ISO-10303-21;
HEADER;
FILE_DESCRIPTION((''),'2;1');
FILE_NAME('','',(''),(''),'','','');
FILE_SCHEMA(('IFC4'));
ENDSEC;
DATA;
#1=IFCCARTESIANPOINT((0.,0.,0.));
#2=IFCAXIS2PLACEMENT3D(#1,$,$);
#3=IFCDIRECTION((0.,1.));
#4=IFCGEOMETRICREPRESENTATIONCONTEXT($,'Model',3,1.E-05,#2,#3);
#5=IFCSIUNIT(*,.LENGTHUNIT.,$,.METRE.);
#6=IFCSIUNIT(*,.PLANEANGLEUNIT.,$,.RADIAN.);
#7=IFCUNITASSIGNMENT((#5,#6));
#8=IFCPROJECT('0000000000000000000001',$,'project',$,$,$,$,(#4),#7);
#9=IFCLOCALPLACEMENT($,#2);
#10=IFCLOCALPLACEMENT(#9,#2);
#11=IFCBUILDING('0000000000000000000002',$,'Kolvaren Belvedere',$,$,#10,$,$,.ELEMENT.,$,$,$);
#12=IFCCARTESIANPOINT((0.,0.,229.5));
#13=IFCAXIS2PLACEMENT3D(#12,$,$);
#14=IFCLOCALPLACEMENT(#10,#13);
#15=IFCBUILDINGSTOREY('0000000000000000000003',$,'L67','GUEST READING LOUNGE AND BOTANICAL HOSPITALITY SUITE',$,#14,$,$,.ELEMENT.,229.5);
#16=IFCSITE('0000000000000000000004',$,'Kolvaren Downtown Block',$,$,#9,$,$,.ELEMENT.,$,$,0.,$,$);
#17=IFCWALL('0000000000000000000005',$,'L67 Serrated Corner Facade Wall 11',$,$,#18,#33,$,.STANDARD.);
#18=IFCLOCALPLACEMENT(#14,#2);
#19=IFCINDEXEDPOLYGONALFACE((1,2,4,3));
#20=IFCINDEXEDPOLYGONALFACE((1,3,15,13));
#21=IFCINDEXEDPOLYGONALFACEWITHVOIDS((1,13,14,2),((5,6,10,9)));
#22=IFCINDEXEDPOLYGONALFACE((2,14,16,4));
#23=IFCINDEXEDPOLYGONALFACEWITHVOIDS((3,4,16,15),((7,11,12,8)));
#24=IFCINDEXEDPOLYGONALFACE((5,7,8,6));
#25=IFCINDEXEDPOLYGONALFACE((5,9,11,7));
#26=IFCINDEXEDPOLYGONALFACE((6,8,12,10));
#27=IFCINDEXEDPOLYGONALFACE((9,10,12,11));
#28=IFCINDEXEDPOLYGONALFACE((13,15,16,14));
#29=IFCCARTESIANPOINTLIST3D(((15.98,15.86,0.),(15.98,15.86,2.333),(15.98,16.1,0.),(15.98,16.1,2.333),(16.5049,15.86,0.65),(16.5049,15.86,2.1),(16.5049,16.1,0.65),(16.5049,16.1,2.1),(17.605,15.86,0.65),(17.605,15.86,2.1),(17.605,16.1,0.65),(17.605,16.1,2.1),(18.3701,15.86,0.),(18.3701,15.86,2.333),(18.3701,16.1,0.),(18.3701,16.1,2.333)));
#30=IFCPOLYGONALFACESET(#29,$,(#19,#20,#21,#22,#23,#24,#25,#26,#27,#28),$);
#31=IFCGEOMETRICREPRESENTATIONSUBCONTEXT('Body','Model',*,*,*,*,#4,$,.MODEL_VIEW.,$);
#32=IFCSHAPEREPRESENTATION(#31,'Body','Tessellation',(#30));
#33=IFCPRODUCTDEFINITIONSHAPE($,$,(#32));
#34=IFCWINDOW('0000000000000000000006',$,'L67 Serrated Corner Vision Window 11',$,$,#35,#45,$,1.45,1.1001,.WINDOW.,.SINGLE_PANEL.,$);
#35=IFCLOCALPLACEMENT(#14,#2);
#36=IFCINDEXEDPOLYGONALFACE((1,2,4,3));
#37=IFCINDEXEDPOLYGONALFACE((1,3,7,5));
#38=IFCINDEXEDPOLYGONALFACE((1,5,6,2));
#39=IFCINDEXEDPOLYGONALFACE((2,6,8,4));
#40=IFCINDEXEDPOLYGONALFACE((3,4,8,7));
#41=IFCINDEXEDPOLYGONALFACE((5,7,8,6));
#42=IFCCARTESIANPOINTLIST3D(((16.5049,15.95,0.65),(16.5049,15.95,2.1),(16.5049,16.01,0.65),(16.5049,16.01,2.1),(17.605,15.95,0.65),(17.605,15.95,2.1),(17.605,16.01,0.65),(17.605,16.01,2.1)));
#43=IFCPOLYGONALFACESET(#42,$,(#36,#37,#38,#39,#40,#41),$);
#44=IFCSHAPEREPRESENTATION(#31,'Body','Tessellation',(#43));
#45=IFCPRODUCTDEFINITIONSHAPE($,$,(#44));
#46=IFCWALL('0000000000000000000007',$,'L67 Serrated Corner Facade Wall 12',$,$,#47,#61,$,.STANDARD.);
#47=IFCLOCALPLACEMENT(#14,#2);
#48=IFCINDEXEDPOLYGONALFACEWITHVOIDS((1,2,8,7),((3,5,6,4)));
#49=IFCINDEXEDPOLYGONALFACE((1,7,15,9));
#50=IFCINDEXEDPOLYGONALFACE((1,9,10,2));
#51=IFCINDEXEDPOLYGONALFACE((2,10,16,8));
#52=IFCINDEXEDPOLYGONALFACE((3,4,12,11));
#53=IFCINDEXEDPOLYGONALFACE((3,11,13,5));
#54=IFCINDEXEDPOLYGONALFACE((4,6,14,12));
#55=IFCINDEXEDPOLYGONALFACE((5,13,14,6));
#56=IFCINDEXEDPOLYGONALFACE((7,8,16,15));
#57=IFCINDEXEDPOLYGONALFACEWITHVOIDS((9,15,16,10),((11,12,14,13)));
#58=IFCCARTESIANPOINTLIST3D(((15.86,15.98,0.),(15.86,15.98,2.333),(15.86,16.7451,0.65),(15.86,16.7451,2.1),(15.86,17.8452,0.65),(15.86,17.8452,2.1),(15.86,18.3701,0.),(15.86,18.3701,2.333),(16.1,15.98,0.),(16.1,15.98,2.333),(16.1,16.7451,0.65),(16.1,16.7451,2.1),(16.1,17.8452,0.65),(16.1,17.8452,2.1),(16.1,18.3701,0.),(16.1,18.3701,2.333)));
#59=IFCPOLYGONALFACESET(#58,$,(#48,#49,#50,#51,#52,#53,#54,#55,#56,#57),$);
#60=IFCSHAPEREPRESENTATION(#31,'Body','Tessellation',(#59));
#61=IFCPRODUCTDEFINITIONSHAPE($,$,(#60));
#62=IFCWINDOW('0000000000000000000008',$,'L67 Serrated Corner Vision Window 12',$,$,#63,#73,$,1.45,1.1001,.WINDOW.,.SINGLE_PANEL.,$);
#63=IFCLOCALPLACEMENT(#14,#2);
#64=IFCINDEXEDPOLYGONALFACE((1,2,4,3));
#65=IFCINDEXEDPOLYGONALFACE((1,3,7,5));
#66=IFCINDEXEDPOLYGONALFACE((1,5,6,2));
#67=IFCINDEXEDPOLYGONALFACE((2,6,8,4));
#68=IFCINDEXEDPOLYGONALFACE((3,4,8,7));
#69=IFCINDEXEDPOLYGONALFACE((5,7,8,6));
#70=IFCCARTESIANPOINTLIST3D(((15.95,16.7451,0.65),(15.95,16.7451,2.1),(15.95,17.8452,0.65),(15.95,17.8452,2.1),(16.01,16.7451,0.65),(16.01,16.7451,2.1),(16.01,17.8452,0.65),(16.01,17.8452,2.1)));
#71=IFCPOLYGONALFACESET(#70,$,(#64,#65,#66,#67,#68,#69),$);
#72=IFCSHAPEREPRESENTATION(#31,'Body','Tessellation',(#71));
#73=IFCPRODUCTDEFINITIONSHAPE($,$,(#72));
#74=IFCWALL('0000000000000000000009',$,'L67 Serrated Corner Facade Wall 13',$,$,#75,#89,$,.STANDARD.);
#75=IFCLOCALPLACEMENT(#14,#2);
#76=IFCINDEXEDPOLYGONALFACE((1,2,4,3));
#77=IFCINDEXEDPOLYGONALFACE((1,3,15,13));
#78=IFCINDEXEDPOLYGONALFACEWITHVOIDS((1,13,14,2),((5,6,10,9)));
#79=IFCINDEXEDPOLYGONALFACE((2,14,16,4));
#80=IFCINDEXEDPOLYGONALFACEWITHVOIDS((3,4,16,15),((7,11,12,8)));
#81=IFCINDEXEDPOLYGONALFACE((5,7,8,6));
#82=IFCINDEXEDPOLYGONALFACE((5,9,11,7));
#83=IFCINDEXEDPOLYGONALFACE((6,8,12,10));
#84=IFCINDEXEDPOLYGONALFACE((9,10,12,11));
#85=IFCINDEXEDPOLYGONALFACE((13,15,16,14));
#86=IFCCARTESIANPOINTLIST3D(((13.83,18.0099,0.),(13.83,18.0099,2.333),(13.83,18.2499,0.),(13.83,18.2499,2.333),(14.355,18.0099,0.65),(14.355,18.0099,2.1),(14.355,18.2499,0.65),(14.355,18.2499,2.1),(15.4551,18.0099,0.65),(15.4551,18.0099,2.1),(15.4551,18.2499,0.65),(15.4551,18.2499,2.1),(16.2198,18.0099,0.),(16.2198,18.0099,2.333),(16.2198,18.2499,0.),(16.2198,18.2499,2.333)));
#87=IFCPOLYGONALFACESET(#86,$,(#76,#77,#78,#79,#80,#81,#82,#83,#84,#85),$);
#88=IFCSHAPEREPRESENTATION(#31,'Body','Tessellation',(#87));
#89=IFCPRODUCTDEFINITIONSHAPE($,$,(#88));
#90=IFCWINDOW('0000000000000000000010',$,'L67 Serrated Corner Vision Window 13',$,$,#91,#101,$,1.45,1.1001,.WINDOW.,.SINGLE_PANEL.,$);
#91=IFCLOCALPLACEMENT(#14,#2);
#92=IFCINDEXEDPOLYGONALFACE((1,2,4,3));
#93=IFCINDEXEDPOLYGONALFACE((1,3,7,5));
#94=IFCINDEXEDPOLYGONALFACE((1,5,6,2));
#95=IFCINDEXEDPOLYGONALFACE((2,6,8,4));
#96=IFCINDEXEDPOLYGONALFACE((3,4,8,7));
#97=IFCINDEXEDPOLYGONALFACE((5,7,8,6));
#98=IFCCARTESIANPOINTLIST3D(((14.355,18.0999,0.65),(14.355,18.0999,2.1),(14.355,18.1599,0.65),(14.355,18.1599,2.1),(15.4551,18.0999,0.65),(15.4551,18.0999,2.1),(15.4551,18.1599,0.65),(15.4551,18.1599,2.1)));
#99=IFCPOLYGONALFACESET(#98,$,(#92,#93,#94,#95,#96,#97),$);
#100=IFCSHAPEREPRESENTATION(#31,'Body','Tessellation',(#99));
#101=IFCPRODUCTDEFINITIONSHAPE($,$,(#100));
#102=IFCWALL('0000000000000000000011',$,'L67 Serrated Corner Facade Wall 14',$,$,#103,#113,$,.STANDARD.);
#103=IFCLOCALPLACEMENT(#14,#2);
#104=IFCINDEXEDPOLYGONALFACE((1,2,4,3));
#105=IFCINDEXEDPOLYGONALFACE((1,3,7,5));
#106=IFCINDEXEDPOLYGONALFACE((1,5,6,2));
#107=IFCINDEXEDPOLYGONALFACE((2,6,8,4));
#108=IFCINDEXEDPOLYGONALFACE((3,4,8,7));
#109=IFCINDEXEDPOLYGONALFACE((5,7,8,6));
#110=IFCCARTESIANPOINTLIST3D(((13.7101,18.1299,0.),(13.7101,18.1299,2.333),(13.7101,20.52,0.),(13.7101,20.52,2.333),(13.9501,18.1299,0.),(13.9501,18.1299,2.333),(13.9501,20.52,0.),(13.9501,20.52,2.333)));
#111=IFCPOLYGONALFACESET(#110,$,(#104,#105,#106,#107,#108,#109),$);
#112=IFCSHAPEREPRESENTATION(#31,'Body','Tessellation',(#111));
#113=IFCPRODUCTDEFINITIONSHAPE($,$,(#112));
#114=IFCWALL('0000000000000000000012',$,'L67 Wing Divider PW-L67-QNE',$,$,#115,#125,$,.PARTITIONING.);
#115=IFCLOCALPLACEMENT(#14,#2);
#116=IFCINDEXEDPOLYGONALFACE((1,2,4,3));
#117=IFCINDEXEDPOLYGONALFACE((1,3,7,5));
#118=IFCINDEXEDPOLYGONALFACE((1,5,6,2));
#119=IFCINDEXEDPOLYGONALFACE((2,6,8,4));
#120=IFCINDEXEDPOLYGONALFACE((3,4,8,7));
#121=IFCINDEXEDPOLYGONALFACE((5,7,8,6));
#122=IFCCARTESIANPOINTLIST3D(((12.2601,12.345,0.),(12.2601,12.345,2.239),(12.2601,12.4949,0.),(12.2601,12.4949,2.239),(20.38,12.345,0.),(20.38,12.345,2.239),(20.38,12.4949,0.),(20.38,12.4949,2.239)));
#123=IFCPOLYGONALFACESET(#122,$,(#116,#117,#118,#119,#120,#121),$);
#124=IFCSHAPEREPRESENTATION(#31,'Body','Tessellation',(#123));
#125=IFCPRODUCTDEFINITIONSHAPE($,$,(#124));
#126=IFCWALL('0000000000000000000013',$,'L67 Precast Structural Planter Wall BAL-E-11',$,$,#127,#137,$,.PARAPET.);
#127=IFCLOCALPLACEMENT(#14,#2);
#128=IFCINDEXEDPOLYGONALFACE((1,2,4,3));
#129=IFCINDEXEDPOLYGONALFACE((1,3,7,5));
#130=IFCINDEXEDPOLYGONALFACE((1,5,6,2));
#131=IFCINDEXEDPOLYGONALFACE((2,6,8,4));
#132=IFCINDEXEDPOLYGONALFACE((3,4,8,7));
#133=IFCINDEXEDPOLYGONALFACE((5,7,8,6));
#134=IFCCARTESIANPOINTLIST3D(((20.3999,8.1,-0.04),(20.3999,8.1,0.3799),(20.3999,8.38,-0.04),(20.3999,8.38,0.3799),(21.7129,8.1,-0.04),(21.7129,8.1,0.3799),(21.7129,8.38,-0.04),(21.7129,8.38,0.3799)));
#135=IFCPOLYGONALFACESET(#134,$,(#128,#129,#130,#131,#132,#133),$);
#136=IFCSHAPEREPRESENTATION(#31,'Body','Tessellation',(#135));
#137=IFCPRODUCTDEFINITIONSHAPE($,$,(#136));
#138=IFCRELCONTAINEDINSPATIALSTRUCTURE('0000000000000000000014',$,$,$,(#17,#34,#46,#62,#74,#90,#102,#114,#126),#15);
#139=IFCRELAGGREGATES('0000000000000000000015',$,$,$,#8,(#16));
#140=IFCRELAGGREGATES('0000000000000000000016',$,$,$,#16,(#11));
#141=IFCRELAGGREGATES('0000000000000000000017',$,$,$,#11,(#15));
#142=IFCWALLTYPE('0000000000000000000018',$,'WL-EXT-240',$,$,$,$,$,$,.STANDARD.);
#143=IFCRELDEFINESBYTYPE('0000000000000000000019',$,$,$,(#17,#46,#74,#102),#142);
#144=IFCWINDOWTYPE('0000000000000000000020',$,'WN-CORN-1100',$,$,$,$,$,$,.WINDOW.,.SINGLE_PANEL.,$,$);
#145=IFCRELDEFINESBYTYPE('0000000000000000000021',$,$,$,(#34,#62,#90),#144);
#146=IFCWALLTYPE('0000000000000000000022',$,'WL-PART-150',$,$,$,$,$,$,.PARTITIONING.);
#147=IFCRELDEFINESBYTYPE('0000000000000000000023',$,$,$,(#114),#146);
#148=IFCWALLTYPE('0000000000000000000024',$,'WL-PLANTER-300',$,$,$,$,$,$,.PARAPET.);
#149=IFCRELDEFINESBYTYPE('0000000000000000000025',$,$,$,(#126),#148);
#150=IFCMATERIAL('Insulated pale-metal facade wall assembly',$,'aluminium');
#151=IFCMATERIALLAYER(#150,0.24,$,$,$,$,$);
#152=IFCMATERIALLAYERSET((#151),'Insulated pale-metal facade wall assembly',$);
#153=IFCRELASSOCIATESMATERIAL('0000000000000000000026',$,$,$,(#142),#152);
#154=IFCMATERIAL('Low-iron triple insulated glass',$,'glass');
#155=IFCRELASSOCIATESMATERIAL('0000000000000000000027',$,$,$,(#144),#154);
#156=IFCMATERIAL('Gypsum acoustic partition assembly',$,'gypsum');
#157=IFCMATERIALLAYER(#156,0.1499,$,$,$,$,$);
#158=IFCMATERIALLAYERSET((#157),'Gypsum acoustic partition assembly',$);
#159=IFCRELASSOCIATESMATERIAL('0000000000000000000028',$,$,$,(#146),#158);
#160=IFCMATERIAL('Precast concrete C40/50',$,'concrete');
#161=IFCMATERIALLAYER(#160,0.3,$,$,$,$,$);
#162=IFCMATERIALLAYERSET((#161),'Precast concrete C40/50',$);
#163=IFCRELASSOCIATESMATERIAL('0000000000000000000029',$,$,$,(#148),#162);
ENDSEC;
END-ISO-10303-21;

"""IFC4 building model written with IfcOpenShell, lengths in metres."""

from ifc_helpers import new_model, si_unit, direction, frame, frame_2d, origin, place, context, subcontext, project, spatial, rectangle, extrude, material, layer, layer_set, type_object, element, fill, save


model = new_model("IFC4")

# Units and contexts
model_context = context("Model", 3, precision=1e-05, world=origin(), true_north=direction((0.0, 1.0)))
body_context = subcontext(model_context, "Body", "Model", "MODEL_VIEW")
ifc_project = project(units=[si_unit("LENGTHUNIT", "METRE"), si_unit("PLANEANGLEUNIT", "RADIAN")], contexts=[model_context])

# Site, building, storey
site_placement = place(None, origin())
site = spatial("IfcSite", under=ifc_project, at=site_placement, Name="Kolvaren Downtown Block", CompositionType="ELEMENT", RefElevation=0.0)
building_placement = place(site_placement, origin())
building = spatial("IfcBuilding", under=site, at=building_placement, Name="Kolvaren Belvedere", CompositionType="ELEMENT")
storey_placement = place(building_placement, frame((0.0, 0.0, 229.5)))
storey = spatial("IfcBuildingStorey", under=building, at=storey_placement, Name="L67", Description="GUEST READING LOUNGE AND BOTANICAL HOSPITALITY SUITE", CompositionType="ELEMENT", Elevation=229.5)

# Shared definitions
ifc_material_1 = material(Name="Insulated pale-metal facade wall assembly", Category="aluminium")
ifc_layer_1 = layer(ifc_material_1, 0.24)
ifc_layer_set_1 = layer_set([ifc_layer_1], Name="Insulated pale-metal facade wall assembly")
wall_type_1 = type_object("IfcWallType", Name="WL-EXT-240", PredefinedType="STANDARD", material=ifc_layer_set_1)

# Walls, openings, windows
ifc_material_2 = material(Name="Low-iron triple insulated glass", Category="glass")
window_type = type_object("IfcWindowType", Name="WN-CORN-1100", PartitioningType="SINGLE_PANEL", PredefinedType="WINDOW", material=ifc_material_2)
wall_1_placement = place(storey_placement, frame((15.98, 15.98, 0.0), z_axis=(0.0, 0.0, 1.0), x_axis=(1.0, 0.0, 0.0)))
wall_1 = element("IfcWall", 1, at=wall_1_placement, inside=storey, type_object=wall_type_1, Name="L67 Serrated Corner Facade Wall 11", PredefinedType="STANDARD", context=body_context, shape_type="SweptSolid", body=[
    extrude(rectangle(XDim=2.3901, YDim=0.24, at=frame_2d((1.1951, 0.0))), origin(), (0.0, 0.0, 1.0), 2.333),
])
opening_1_placement = place(wall_1_placement, frame((0.5249, 0.0, 0.6499)))
opening_1 = element("IfcOpeningElement", 2, at=opening_1_placement, cuts=wall_1, PredefinedType="OPENING", context=body_context, shape_type="SweptSolid", body=[
    extrude(rectangle(XDim=1.1001, YDim=1.45, at=frame_2d((0.55, 0.7251))), frame((0.0, 0.1299, 0.0), z_axis=(0.0, -1.0, 0.0), x_axis=(1.0, 0.0, 0.0)), (0.0, 0.0, 1.0), 0.26),
])
window_1_placement = place(opening_1_placement, origin())
window_1 = element("IfcWindow", 3, at=window_1_placement, inside=storey, type_object=window_type, Name="L67 Serrated Corner Vision Window 11", OverallHeight=1.45, OverallWidth=1.1001, PartitioningType="SINGLE_PANEL", PredefinedType="WINDOW", context=body_context, shape_type="SweptSolid", body=[
    extrude(rectangle(XDim=1.1001, YDim=1.45, at=frame_2d((0.55, 0.7251))), frame((0.0, 0.03, 0.0), z_axis=(0.0, -1.0, 0.0), x_axis=(1.0, 0.0, 0.0)), (0.0, 0.0, 1.0), 0.0601),
])
fill(opening_1, window_1)
wall_2_placement = place(storey_placement, frame((15.98, 18.3701, 0.0), z_axis=(0.0, 0.0, 1.0), x_axis=(0.0, -1.0, 0.0)))
wall_2 = element("IfcWall", 4, at=wall_2_placement, inside=storey, type_object=wall_type_1, Name="L67 Serrated Corner Facade Wall 12", PredefinedType="STANDARD", context=body_context, shape_type="SweptSolid", body=[
    extrude(rectangle(XDim=2.3901, YDim=0.24, at=frame_2d((1.1951, 0.0))), origin(), (0.0, 0.0, 1.0), 2.333),
])
opening_2_placement = place(wall_2_placement, frame((0.5249, 0.0, 0.6499)))
opening_2 = element("IfcOpeningElement", 5, at=opening_2_placement, cuts=wall_2, PredefinedType="OPENING", context=body_context, shape_type="SweptSolid", body=[
    extrude(rectangle(XDim=1.1001, YDim=1.45, at=frame_2d((0.55, 0.7251))), frame((0.0, 0.1299, 0.0), z_axis=(0.0, -1.0, 0.0), x_axis=(1.0, 0.0, 0.0)), (0.0, 0.0, 1.0), 0.26),
])
window_2_placement = place(opening_2_placement, origin())
window_2 = element("IfcWindow", 6, at=window_2_placement, inside=storey, type_object=window_type, Name="L67 Serrated Corner Vision Window 12", OverallHeight=1.45, OverallWidth=1.1001, PartitioningType="SINGLE_PANEL", PredefinedType="WINDOW", context=body_context, shape_type="SweptSolid", body=[
    extrude(rectangle(XDim=1.1001, YDim=1.45, at=frame_2d((0.55, 0.7251))), frame((0.0, 0.03, 0.0), z_axis=(0.0, -1.0, 0.0), x_axis=(1.0, 0.0, 0.0)), (0.0, 0.0, 1.0), 0.0601),
])
fill(opening_2, window_2)
wall_3_placement = place(storey_placement, frame((13.8301, 18.1299, 0.0), z_axis=(0.0, 0.0, 1.0), x_axis=(1.0, 0.0, 0.0)))
wall_3 = element("IfcWall", 7, at=wall_3_placement, inside=storey, type_object=wall_type_1, Name="L67 Serrated Corner Facade Wall 13", PredefinedType="STANDARD", context=body_context, shape_type="SweptSolid", body=[
    extrude(rectangle(XDim=2.3899, YDim=0.24, at=frame_2d((1.1948, 0.0))), origin(), (0.0, 0.0, 1.0), 2.333),
])
opening_3_placement = place(wall_3_placement, frame((0.5249, 0.0, 0.6499)))
opening_3 = element("IfcOpeningElement", 8, at=opening_3_placement, cuts=wall_3, PredefinedType="OPENING", context=body_context, shape_type="SweptSolid", body=[
    extrude(rectangle(XDim=1.1001, YDim=1.45, at=frame_2d((0.55, 0.7251))), frame((0.0, 0.1299, 0.0), z_axis=(0.0, -1.0, 0.0), x_axis=(1.0, 0.0, 0.0)), (0.0, 0.0, 1.0), 0.26),
])
window_3_placement = place(opening_3_placement, origin())
window_3 = element("IfcWindow", 9, at=window_3_placement, inside=storey, type_object=window_type, Name="L67 Serrated Corner Vision Window 13", OverallHeight=1.45, OverallWidth=1.1001, PartitioningType="SINGLE_PANEL", PredefinedType="WINDOW", context=body_context, shape_type="SweptSolid", body=[
    extrude(rectangle(XDim=1.1001, YDim=1.45, at=frame_2d((0.55, 0.7251))), frame((0.0, 0.03, 0.0), z_axis=(0.0, -1.0, 0.0), x_axis=(1.0, 0.0, 0.0)), (0.0, 0.0, 1.0), 0.0601),
])
fill(opening_3, window_3)

# Walls
wall_4_placement = place(storey_placement, frame((13.8301, 20.52, 0.0), z_axis=(0.0, 0.0, 1.0), x_axis=(0.0, -1.0, 0.0)))
element("IfcWall", 10, at=wall_4_placement, inside=storey, type_object=wall_type_1, Name="L67 Serrated Corner Facade Wall 14", PredefinedType="STANDARD", context=body_context, shape_type="SweptSolid", body=[
    extrude(rectangle(XDim=2.3901, YDim=0.24, at=frame_2d((1.1951, 0.0))), origin(), (0.0, 0.0, 1.0), 2.333),
])
ifc_material_3 = material(Name="Gypsum acoustic partition assembly", Category="gypsum")
ifc_layer_2 = layer(ifc_material_3, 0.1499)
ifc_layer_set_2 = layer_set([ifc_layer_2], Name="Gypsum acoustic partition assembly")
wall_type_2 = type_object("IfcWallType", Name="WL-PART-150", PredefinedType="PARTITIONING", material=ifc_layer_set_2)
wall_5_placement = place(storey_placement, frame((12.26, 12.4199, 0.0), z_axis=(0.0, 0.0, 1.0), x_axis=(1.0, 0.0, 0.0)))
element("IfcWall", 11, at=wall_5_placement, inside=storey, type_object=wall_type_2, Name="L67 Wing Divider PW-L67-QNE", PredefinedType="PARTITIONING", context=body_context, shape_type="SweptSolid", body=[
    extrude(rectangle(XDim=8.1199, YDim=0.1499, at=frame_2d((4.0601, 0.0))), origin(), (0.0, 0.0, 1.0), 2.239),
])
ifc_material_4 = material(Name="Precast concrete C40/50", Category="concrete")
ifc_layer_3 = layer(ifc_material_4, 0.3)
ifc_layer_set_3 = layer_set([ifc_layer_3], Name="Precast concrete C40/50")
wall_type_3 = type_object("IfcWallType", Name="WL-PLANTER-300", PredefinedType="PARAPET", material=ifc_layer_set_3)
wall_6_placement = place(storey_placement, frame((21.7129, 8.24, -0.04), z_axis=(0.0, 0.0, 1.0), x_axis=(-1.0, 0.0, 0.0)))
element("IfcWall", 12, at=wall_6_placement, inside=storey, type_object=wall_type_3, Name="L67 Precast Structural Planter Wall BAL-E-11", PredefinedType="PARAPET", context=body_context, shape_type="SweptSolid", body=[
    extrude(rectangle(XDim=1.313, YDim=0.28, at=frame_2d((0.6565, 0.0))), origin(), (0.0, 0.0, 1.0), 0.4199),
])

save(model, "model.ifc")
